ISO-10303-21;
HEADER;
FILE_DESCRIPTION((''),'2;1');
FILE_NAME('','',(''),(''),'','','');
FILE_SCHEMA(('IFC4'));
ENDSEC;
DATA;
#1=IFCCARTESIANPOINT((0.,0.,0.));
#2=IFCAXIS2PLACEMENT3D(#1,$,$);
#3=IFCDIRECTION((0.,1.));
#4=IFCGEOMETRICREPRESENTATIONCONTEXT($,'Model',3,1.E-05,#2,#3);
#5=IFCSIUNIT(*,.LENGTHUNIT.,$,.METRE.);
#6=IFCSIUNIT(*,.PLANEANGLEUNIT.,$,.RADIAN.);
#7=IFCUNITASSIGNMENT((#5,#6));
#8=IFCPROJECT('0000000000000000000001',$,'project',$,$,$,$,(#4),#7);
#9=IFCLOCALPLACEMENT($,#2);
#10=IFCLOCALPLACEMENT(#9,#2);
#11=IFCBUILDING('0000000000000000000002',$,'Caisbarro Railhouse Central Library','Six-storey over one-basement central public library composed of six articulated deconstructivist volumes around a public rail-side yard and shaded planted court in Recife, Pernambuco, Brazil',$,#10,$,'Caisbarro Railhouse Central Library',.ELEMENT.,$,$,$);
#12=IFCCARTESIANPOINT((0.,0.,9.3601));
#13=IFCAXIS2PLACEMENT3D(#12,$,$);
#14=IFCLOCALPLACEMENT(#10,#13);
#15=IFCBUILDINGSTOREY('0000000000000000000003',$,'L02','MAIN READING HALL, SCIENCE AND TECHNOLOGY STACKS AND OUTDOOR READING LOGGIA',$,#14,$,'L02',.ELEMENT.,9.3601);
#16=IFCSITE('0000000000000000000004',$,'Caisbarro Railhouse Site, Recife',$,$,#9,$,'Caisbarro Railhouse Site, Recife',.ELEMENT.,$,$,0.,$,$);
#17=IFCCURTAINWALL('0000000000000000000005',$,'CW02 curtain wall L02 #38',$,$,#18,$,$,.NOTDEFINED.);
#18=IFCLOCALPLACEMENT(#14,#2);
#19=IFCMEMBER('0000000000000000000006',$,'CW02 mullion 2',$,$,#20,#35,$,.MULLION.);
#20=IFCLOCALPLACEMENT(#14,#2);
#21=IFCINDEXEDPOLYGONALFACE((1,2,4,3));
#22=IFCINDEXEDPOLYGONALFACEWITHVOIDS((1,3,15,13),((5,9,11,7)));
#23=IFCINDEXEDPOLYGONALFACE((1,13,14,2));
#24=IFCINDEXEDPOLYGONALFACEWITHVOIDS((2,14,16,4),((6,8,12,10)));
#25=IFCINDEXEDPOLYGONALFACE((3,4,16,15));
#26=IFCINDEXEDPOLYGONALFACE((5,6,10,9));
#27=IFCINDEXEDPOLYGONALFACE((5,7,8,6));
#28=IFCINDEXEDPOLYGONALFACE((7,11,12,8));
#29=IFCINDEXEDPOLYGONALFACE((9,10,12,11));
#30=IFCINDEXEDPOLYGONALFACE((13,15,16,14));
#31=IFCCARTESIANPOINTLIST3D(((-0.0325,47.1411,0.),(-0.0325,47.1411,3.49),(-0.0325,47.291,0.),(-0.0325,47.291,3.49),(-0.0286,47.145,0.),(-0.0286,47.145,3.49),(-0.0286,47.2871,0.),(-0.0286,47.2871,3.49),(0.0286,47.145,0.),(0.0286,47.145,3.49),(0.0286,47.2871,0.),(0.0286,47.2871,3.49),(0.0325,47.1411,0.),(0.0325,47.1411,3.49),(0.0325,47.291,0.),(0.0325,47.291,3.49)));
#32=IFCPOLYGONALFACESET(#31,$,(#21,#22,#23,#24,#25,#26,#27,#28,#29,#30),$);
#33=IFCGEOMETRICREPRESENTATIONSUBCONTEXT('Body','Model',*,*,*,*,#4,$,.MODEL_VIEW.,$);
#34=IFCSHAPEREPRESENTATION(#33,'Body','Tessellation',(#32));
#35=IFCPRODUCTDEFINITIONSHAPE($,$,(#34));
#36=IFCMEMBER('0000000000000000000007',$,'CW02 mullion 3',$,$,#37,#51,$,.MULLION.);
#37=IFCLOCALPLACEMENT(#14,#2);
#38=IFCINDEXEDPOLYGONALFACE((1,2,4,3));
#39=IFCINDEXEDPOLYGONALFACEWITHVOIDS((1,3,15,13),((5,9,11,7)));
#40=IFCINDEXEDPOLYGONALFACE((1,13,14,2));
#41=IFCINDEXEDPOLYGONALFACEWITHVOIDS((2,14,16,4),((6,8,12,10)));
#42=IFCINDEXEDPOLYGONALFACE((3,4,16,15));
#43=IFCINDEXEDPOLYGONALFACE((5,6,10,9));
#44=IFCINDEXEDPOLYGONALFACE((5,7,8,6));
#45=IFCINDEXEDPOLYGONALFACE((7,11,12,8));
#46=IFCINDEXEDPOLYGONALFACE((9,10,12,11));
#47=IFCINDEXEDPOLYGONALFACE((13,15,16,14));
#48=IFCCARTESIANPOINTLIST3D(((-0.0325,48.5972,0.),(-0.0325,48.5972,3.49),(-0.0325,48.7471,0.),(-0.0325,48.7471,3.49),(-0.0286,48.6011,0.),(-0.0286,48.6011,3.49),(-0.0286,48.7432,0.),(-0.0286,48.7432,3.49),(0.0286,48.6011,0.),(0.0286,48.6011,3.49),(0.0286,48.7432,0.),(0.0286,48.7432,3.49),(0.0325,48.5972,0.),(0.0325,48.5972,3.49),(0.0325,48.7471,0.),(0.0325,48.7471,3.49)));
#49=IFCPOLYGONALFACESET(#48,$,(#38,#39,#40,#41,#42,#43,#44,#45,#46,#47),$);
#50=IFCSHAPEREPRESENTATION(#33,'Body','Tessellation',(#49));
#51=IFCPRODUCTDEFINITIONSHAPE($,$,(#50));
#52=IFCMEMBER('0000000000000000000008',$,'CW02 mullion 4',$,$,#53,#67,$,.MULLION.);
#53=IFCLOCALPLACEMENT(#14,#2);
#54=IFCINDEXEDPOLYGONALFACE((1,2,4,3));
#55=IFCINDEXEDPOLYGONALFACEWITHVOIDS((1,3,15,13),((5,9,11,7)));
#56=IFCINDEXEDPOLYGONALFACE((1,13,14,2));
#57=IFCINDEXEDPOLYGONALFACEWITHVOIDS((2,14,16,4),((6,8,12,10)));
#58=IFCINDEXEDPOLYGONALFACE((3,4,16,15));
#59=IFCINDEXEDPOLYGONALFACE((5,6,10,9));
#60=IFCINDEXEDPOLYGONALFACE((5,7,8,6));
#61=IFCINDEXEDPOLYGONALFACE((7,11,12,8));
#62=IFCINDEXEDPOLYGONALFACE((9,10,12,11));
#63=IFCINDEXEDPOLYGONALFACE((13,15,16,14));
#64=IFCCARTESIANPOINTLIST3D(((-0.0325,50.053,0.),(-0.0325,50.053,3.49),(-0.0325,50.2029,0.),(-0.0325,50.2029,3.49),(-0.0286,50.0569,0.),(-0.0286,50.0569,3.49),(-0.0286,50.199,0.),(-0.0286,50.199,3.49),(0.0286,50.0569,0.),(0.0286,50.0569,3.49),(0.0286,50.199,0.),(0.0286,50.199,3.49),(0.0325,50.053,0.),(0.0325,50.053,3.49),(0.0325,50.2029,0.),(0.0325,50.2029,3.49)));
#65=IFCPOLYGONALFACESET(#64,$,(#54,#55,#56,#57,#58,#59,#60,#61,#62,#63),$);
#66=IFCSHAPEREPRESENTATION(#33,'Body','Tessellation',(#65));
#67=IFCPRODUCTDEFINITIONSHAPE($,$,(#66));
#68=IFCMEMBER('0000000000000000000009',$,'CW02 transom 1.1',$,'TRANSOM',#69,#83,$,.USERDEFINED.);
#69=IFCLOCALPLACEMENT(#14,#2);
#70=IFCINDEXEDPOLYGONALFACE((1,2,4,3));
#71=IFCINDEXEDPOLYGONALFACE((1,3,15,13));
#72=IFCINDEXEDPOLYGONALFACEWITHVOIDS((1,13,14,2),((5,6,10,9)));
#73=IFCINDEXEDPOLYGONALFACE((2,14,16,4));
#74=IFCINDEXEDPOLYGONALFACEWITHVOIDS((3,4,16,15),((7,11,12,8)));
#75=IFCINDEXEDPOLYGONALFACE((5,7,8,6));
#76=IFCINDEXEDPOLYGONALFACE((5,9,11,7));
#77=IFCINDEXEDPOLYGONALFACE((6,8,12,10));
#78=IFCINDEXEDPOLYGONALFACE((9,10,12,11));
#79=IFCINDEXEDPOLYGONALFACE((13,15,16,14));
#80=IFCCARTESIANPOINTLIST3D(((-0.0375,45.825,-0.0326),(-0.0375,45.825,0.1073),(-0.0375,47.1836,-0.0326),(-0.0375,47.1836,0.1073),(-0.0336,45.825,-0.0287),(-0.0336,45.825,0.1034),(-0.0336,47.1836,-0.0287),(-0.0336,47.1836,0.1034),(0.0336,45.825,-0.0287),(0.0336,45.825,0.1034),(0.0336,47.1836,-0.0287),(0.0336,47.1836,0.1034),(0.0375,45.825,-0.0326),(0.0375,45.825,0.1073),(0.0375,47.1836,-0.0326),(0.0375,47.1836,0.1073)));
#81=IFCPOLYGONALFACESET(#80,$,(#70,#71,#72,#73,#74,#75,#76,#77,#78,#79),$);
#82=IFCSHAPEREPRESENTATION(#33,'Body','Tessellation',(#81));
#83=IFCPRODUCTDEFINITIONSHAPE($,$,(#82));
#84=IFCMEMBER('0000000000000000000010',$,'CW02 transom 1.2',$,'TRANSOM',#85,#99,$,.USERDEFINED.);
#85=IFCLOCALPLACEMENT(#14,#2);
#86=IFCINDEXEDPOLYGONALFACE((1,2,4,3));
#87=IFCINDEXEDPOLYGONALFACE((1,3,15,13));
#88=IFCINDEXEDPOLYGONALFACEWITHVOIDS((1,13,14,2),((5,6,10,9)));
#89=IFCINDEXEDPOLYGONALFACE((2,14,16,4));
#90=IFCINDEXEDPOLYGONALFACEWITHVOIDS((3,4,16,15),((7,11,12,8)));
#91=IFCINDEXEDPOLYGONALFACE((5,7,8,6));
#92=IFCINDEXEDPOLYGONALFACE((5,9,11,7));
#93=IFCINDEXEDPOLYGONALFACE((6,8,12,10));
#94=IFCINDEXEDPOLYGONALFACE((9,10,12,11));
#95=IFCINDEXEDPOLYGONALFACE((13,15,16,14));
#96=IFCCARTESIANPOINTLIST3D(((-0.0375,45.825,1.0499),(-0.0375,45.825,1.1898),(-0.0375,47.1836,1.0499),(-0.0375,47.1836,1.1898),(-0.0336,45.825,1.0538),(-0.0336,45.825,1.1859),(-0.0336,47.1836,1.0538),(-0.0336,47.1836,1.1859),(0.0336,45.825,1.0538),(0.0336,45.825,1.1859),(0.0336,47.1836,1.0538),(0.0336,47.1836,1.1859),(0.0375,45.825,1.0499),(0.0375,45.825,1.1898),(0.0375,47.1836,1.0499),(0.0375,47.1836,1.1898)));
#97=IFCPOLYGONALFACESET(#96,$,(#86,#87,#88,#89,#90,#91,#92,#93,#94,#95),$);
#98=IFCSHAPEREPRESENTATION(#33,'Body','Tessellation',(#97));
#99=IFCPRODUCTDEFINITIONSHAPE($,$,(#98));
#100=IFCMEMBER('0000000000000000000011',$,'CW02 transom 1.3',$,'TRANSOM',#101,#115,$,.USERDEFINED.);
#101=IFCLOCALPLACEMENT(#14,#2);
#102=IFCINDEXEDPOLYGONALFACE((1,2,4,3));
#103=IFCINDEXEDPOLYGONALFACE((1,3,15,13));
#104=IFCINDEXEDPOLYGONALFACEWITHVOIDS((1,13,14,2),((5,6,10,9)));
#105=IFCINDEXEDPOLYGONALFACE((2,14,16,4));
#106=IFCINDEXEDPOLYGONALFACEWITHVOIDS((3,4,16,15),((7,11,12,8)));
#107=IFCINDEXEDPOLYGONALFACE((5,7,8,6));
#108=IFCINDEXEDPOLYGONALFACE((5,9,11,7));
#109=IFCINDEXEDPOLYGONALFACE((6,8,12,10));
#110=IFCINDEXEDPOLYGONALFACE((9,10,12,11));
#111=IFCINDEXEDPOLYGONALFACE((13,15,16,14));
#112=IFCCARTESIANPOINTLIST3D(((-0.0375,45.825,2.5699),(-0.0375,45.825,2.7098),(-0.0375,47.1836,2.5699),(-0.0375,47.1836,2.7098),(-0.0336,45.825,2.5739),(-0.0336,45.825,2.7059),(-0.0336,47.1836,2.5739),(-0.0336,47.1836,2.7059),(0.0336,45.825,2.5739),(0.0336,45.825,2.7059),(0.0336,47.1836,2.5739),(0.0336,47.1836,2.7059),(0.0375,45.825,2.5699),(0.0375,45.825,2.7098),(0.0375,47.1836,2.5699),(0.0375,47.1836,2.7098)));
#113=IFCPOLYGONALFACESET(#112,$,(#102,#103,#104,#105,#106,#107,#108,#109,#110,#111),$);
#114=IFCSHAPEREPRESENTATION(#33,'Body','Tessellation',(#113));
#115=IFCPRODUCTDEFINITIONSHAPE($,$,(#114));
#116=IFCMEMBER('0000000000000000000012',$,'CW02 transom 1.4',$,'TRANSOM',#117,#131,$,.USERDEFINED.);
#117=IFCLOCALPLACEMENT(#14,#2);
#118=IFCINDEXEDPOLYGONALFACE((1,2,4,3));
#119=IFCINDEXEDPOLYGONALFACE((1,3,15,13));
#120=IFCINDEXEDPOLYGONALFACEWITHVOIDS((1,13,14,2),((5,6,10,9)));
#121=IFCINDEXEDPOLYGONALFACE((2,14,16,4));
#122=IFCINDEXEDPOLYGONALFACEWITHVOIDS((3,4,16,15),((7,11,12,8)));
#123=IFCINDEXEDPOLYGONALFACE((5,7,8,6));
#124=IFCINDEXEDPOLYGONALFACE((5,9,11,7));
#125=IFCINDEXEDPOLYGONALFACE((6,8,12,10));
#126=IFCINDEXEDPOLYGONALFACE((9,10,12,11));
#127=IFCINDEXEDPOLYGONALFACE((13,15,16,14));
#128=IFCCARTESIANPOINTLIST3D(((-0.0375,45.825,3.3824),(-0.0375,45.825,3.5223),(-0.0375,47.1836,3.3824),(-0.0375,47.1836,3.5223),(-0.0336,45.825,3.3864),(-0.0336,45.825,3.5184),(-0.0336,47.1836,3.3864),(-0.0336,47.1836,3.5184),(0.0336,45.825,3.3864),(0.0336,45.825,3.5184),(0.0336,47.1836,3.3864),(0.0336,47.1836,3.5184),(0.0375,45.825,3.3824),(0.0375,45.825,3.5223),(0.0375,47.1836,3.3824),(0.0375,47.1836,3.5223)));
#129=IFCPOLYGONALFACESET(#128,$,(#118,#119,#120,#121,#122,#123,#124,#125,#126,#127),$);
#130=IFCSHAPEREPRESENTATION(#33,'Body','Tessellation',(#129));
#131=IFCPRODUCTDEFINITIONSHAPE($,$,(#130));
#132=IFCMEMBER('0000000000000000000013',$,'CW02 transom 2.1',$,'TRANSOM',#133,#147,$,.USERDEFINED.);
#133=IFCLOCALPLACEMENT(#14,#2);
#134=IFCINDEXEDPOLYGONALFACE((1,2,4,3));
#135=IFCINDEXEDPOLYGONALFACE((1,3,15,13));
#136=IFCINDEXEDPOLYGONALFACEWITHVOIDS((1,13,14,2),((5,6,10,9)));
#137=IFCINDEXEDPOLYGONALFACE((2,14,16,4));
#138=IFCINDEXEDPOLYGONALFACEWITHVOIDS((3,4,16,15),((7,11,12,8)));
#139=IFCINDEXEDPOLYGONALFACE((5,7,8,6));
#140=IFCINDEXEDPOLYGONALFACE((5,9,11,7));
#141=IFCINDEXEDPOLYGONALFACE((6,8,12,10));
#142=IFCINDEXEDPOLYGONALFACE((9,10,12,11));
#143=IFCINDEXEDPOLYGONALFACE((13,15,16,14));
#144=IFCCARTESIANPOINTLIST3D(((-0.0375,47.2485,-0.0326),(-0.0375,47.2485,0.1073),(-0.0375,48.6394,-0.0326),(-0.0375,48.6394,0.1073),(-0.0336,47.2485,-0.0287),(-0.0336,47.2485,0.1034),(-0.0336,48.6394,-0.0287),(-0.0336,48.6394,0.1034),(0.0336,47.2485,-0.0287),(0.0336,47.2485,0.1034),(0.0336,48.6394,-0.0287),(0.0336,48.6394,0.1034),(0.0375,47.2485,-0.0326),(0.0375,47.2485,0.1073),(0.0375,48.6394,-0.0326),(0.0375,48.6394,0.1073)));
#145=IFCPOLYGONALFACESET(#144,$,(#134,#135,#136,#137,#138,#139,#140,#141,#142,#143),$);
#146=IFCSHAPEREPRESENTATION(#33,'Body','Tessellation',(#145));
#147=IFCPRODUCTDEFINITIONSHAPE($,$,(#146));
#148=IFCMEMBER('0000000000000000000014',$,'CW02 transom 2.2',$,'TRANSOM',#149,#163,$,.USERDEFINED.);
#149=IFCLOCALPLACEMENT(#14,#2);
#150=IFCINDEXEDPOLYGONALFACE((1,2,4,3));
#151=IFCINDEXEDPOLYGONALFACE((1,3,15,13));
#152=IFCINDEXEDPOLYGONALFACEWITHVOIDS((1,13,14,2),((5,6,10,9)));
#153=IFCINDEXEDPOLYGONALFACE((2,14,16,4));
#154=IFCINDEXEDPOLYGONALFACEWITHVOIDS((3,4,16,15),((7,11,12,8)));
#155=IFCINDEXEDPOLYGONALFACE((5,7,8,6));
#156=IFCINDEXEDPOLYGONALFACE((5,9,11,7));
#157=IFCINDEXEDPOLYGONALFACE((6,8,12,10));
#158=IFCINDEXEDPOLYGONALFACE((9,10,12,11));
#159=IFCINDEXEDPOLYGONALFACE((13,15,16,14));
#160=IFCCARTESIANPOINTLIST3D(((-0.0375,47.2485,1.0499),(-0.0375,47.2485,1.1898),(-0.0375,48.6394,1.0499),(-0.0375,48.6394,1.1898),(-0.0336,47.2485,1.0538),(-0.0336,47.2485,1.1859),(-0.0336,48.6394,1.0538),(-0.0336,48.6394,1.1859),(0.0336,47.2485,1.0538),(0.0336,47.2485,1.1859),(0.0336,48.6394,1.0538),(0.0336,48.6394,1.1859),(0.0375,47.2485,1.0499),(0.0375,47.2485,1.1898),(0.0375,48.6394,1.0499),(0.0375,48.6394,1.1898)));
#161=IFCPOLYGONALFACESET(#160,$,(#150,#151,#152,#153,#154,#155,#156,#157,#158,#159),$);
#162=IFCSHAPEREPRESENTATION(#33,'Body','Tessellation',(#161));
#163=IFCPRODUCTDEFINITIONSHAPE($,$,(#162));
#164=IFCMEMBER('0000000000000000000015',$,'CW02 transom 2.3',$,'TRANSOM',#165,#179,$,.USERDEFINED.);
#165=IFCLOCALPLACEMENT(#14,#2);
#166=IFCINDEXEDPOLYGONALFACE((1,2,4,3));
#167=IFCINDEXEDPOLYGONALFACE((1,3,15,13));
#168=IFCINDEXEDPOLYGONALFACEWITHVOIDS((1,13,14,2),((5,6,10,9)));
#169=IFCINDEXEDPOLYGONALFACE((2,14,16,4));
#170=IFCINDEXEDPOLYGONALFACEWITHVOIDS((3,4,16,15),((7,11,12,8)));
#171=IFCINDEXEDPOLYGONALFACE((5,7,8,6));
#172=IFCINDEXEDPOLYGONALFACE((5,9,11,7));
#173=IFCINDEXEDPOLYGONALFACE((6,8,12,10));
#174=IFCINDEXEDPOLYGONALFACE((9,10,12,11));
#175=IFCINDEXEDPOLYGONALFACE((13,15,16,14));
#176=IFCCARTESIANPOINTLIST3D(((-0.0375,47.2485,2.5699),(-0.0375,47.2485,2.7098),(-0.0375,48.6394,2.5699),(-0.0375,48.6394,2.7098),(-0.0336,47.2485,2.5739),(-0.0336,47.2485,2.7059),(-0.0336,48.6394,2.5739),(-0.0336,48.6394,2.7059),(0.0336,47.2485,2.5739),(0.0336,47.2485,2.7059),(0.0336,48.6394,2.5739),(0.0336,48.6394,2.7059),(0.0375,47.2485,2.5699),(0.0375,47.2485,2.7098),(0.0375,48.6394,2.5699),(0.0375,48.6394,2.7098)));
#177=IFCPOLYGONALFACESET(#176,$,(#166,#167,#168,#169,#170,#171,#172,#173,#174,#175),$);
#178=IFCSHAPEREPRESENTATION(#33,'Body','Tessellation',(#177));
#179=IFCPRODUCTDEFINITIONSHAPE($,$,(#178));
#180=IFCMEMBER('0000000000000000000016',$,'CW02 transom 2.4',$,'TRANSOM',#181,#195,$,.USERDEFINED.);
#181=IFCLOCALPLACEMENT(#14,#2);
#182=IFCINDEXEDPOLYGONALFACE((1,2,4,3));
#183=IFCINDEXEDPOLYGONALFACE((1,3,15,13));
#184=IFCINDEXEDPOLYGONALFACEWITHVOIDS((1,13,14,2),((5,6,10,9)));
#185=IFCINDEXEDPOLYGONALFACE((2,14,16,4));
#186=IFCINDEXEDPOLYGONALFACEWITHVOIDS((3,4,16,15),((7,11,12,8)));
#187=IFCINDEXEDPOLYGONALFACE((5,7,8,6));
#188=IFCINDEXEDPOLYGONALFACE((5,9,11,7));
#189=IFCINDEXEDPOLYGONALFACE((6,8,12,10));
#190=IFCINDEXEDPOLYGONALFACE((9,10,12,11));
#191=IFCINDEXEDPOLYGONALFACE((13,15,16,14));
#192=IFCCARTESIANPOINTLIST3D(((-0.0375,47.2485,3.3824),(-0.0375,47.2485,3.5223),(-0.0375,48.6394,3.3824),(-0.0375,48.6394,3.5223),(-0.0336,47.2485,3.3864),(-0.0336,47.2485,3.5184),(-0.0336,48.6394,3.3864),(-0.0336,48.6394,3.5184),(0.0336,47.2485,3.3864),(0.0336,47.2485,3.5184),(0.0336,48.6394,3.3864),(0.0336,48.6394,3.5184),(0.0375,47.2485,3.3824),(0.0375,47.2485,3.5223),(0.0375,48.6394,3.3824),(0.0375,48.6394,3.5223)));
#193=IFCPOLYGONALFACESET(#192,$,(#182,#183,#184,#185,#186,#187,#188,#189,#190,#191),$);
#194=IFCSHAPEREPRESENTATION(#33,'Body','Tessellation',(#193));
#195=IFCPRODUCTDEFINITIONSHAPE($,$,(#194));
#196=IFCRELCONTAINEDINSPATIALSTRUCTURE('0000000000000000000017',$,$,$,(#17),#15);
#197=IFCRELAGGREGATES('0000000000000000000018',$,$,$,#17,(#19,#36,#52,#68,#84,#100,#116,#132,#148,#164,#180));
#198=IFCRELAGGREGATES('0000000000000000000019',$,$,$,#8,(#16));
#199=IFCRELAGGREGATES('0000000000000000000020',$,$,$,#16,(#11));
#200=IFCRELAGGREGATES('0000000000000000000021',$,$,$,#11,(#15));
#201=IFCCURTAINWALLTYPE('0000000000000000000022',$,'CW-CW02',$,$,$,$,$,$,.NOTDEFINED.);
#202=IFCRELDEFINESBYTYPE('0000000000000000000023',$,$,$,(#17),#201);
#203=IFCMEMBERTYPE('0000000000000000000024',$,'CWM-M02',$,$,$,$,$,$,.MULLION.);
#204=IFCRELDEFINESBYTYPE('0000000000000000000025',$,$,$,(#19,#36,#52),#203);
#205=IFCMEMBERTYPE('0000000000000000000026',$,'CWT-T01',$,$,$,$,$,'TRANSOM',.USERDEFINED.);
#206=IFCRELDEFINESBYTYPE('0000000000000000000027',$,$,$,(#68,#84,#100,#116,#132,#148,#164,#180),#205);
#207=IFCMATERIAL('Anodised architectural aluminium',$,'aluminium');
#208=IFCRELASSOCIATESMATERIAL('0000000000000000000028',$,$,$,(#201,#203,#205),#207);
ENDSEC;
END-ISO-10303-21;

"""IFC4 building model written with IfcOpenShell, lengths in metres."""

from ifc_helpers import new_model, si_unit, direction, frame, origin, origin_2d, place, context, subcontext, project, spatial, hollow_rectangle, extrude, material, material_profile, profile_set, type_object, element, aggregate, save


model = new_model("IFC4")

# Units and contexts
model_context = context("Model", 3, precision=1e-05, world=origin(), true_north=direction((0.0, 1.0)))
body_context = subcontext(model_context, "Body", "Model", "MODEL_VIEW")
ifc_project = project(units=[si_unit("LENGTHUNIT", "METRE"), si_unit("PLANEANGLEUNIT", "RADIAN")], contexts=[model_context])

# Site, building, storey
site_placement = place(None, origin())
site = spatial("IfcSite", under=ifc_project, at=site_placement, Name="Caisbarro Railhouse Site, Recife", LongName="Caisbarro Railhouse Site, Recife", CompositionType="ELEMENT", RefElevation=0.0)
building_placement = place(site_placement, origin())
building = spatial("IfcBuilding", under=site, at=building_placement, Name="Caisbarro Railhouse Central Library", Description="Six-storey over one-basement central public library composed of six articulated deconstructivist volumes around a public rail-side yard and shaded planted court in Recife, Pernambuco, Brazil", LongName="Caisbarro Railhouse Central Library", CompositionType="ELEMENT")
storey_placement = place(building_placement, frame((0.0, 0.0, 9.3601)))
storey = spatial("IfcBuildingStorey", under=building, at=storey_placement, Name="L02", Description="MAIN READING HALL, SCIENCE AND TECHNOLOGY STACKS AND OUTDOOR READING LOGGIA", LongName="L02", CompositionType="ELEMENT", Elevation=9.3601)

# Curtain wall, members
ifc_material_1 = material(Name="Anodised architectural aluminium", Category="aluminium")
curtain_wall_type = type_object("IfcCurtainWallType", Name="CW-CW02", PredefinedType="NOTDEFINED", material=ifc_material_1)
curtain_wall_placement = place(storey_placement, origin())
curtain_wall = element("IfcCurtainWall", 1, at=curtain_wall_placement, inside=storey, type_object=curtain_wall_type, Name="CW02 curtain wall L02 #38", PredefinedType="NOTDEFINED")
ifc_material_profile_1 = material_profile(ifc_material_1, hollow_rectangle(XDim=0.0649, YDim=0.1499, WallThickness=0.0039, at=origin_2d()), Name="ALU-MUL-65X150")
ifc_profile_set_1 = profile_set([ifc_material_profile_1], Name="Anodised architectural aluminium")
member_type_1 = type_object("IfcMemberType", Name="CWM-M02", PredefinedType="MULLION", material=ifc_profile_set_1)
member_1_placement = place(storey_placement, frame((0.0, 47.2161, 0.0), z_axis=(0.0, 0.0, 1.0), x_axis=(-1.0, 0.0, 0.0)))
member_1 = element("IfcMember", 2, at=member_1_placement, type_object=member_type_1, Name="CW02 mullion 2", PredefinedType="MULLION", context=body_context, shape_type="SweptSolid", body=[
    extrude(hollow_rectangle(XDim=0.0649, YDim=0.1499, WallThickness=0.0039, at=origin_2d()), origin(), (0.0, 0.0, 1.0), 3.49),
])
member_2_placement = place(storey_placement, frame((0.0, 48.6721, 0.0), z_axis=(0.0, 0.0, 1.0), x_axis=(-1.0, 0.0, 0.0)))
member_2 = element("IfcMember", 3, at=member_2_placement, type_object=member_type_1, Name="CW02 mullion 3", PredefinedType="MULLION", context=body_context, shape_type="SweptSolid", body=[
    extrude(hollow_rectangle(XDim=0.0649, YDim=0.1499, WallThickness=0.0039, at=origin_2d()), origin(), (0.0, 0.0, 1.0), 3.49),
])
member_3_placement = place(storey_placement, frame((0.0, 50.1279, 0.0), z_axis=(0.0, 0.0, 1.0), x_axis=(-1.0, 0.0, 0.0)))
member_3 = element("IfcMember", 4, at=member_3_placement, type_object=member_type_1, Name="CW02 mullion 4", PredefinedType="MULLION", context=body_context, shape_type="SweptSolid", body=[
    extrude(hollow_rectangle(XDim=0.0649, YDim=0.1499, WallThickness=0.0039, at=origin_2d()), origin(), (0.0, 0.0, 1.0), 3.49),
])
ifc_material_profile_2 = material_profile(ifc_material_1, hollow_rectangle(XDim=0.075, YDim=0.1399, WallThickness=0.0039, at=origin_2d()), Name="ALU-TRN-75X140")
ifc_profile_set_2 = profile_set([ifc_material_profile_2], Name="Anodised architectural aluminium")
member_type_2 = type_object("IfcMemberType", Name="CWT-T01", ElementType="TRANSOM", PredefinedType="USERDEFINED", material=ifc_profile_set_2)
member_4_placement = place(storey_placement, frame((0.0, 45.825, 0.0374), z_axis=(0.0, 1.0, 0.0), x_axis=(-1.0, 0.0, 0.0)))
member_4 = element("IfcMember", 5, at=member_4_placement, type_object=member_type_2, Name="CW02 transom 1.1", ObjectType="TRANSOM", PredefinedType="USERDEFINED", context=body_context, shape_type="SweptSolid", body=[
    extrude(hollow_rectangle(XDim=0.075, YDim=0.1399, WallThickness=0.0039, at=origin_2d()), origin(), (0.0, 0.0, 1.0), 1.3586),
])
member_5_placement = place(storey_placement, frame((0.0, 45.825, 1.1199), z_axis=(0.0, 1.0, 0.0), x_axis=(-1.0, 0.0, 0.0)))
member_5 = element("IfcMember", 6, at=member_5_placement, type_object=member_type_2, Name="CW02 transom 1.2", ObjectType="TRANSOM", PredefinedType="USERDEFINED", context=body_context, shape_type="SweptSolid", body=[
    extrude(hollow_rectangle(XDim=0.075, YDim=0.1399, WallThickness=0.0039, at=origin_2d()), origin(), (0.0, 0.0, 1.0), 1.3586),
])
member_6_placement = place(storey_placement, frame((0.0, 45.825, 2.6399), z_axis=(0.0, 1.0, 0.0), x_axis=(-1.0, 0.0, 0.0)))
member_6 = element("IfcMember", 7, at=member_6_placement, type_object=member_type_2, Name="CW02 transom 1.3", ObjectType="TRANSOM", PredefinedType="USERDEFINED", context=body_context, shape_type="SweptSolid", body=[
    extrude(hollow_rectangle(XDim=0.075, YDim=0.1399, WallThickness=0.0039, at=origin_2d()), origin(), (0.0, 0.0, 1.0), 1.3586),
])
member_7_placement = place(storey_placement, frame((0.0, 45.825, 3.4524), z_axis=(0.0, 1.0, 0.0), x_axis=(-1.0, 0.0, 0.0)))
member_7 = element("IfcMember", 8, at=member_7_placement, type_object=member_type_2, Name="CW02 transom 1.4", ObjectType="TRANSOM", PredefinedType="USERDEFINED", context=body_context, shape_type="SweptSolid", body=[
    extrude(hollow_rectangle(XDim=0.075, YDim=0.1399, WallThickness=0.0039, at=origin_2d()), origin(), (0.0, 0.0, 1.0), 1.3586),
])
member_8_placement = place(storey_placement, frame((0.0, 47.2485, 0.0374), z_axis=(0.0, 1.0, 0.0), x_axis=(-1.0, 0.0, 0.0)))
member_8 = element("IfcMember", 9, at=member_8_placement, type_object=member_type_2, Name="CW02 transom 2.1", ObjectType="TRANSOM", PredefinedType="USERDEFINED", context=body_context, shape_type="SweptSolid", body=[
    extrude(hollow_rectangle(XDim=0.075, YDim=0.1399, WallThickness=0.0039, at=origin_2d()), origin(), (0.0, 0.0, 1.0), 1.3909),
])
member_9_placement = place(storey_placement, frame((0.0, 47.2485, 1.1199), z_axis=(0.0, 1.0, 0.0), x_axis=(-1.0, 0.0, 0.0)))
member_9 = element("IfcMember", 10, at=member_9_placement, type_object=member_type_2, Name="CW02 transom 2.2", ObjectType="TRANSOM", PredefinedType="USERDEFINED", context=body_context, shape_type="SweptSolid", body=[
    extrude(hollow_rectangle(XDim=0.075, YDim=0.1399, WallThickness=0.0039, at=origin_2d()), origin(), (0.0, 0.0, 1.0), 1.3909),
])
member_10_placement = place(storey_placement, frame((0.0, 47.2485, 2.6399), z_axis=(0.0, 1.0, 0.0), x_axis=(-1.0, 0.0, 0.0)))
member_10 = element("IfcMember", 11, at=member_10_placement, type_object=member_type_2, Name="CW02 transom 2.3", ObjectType="TRANSOM", PredefinedType="USERDEFINED", context=body_context, shape_type="SweptSolid", body=[
    extrude(hollow_rectangle(XDim=0.075, YDim=0.1399, WallThickness=0.0039, at=origin_2d()), origin(), (0.0, 0.0, 1.0), 1.3909),
])
member_11_placement = place(storey_placement, frame((0.0, 47.2485, 3.4524), z_axis=(0.0, 1.0, 0.0), x_axis=(-1.0, 0.0, 0.0)))
member_11 = element("IfcMember", 12, at=member_11_placement, type_object=member_type_2, Name="CW02 transom 2.4", ObjectType="TRANSOM", PredefinedType="USERDEFINED", context=body_context, shape_type="SweptSolid", body=[
    extrude(hollow_rectangle(XDim=0.075, YDim=0.1399, WallThickness=0.0039, at=origin_2d()), origin(), (0.0, 0.0, 1.0), 1.3909),
])
aggregate(curtain_wall, [member_1, member_2, member_3, member_4, member_5, member_6, member_7, member_8, member_9, member_10, member_11])

save(model, "model.ifc")
